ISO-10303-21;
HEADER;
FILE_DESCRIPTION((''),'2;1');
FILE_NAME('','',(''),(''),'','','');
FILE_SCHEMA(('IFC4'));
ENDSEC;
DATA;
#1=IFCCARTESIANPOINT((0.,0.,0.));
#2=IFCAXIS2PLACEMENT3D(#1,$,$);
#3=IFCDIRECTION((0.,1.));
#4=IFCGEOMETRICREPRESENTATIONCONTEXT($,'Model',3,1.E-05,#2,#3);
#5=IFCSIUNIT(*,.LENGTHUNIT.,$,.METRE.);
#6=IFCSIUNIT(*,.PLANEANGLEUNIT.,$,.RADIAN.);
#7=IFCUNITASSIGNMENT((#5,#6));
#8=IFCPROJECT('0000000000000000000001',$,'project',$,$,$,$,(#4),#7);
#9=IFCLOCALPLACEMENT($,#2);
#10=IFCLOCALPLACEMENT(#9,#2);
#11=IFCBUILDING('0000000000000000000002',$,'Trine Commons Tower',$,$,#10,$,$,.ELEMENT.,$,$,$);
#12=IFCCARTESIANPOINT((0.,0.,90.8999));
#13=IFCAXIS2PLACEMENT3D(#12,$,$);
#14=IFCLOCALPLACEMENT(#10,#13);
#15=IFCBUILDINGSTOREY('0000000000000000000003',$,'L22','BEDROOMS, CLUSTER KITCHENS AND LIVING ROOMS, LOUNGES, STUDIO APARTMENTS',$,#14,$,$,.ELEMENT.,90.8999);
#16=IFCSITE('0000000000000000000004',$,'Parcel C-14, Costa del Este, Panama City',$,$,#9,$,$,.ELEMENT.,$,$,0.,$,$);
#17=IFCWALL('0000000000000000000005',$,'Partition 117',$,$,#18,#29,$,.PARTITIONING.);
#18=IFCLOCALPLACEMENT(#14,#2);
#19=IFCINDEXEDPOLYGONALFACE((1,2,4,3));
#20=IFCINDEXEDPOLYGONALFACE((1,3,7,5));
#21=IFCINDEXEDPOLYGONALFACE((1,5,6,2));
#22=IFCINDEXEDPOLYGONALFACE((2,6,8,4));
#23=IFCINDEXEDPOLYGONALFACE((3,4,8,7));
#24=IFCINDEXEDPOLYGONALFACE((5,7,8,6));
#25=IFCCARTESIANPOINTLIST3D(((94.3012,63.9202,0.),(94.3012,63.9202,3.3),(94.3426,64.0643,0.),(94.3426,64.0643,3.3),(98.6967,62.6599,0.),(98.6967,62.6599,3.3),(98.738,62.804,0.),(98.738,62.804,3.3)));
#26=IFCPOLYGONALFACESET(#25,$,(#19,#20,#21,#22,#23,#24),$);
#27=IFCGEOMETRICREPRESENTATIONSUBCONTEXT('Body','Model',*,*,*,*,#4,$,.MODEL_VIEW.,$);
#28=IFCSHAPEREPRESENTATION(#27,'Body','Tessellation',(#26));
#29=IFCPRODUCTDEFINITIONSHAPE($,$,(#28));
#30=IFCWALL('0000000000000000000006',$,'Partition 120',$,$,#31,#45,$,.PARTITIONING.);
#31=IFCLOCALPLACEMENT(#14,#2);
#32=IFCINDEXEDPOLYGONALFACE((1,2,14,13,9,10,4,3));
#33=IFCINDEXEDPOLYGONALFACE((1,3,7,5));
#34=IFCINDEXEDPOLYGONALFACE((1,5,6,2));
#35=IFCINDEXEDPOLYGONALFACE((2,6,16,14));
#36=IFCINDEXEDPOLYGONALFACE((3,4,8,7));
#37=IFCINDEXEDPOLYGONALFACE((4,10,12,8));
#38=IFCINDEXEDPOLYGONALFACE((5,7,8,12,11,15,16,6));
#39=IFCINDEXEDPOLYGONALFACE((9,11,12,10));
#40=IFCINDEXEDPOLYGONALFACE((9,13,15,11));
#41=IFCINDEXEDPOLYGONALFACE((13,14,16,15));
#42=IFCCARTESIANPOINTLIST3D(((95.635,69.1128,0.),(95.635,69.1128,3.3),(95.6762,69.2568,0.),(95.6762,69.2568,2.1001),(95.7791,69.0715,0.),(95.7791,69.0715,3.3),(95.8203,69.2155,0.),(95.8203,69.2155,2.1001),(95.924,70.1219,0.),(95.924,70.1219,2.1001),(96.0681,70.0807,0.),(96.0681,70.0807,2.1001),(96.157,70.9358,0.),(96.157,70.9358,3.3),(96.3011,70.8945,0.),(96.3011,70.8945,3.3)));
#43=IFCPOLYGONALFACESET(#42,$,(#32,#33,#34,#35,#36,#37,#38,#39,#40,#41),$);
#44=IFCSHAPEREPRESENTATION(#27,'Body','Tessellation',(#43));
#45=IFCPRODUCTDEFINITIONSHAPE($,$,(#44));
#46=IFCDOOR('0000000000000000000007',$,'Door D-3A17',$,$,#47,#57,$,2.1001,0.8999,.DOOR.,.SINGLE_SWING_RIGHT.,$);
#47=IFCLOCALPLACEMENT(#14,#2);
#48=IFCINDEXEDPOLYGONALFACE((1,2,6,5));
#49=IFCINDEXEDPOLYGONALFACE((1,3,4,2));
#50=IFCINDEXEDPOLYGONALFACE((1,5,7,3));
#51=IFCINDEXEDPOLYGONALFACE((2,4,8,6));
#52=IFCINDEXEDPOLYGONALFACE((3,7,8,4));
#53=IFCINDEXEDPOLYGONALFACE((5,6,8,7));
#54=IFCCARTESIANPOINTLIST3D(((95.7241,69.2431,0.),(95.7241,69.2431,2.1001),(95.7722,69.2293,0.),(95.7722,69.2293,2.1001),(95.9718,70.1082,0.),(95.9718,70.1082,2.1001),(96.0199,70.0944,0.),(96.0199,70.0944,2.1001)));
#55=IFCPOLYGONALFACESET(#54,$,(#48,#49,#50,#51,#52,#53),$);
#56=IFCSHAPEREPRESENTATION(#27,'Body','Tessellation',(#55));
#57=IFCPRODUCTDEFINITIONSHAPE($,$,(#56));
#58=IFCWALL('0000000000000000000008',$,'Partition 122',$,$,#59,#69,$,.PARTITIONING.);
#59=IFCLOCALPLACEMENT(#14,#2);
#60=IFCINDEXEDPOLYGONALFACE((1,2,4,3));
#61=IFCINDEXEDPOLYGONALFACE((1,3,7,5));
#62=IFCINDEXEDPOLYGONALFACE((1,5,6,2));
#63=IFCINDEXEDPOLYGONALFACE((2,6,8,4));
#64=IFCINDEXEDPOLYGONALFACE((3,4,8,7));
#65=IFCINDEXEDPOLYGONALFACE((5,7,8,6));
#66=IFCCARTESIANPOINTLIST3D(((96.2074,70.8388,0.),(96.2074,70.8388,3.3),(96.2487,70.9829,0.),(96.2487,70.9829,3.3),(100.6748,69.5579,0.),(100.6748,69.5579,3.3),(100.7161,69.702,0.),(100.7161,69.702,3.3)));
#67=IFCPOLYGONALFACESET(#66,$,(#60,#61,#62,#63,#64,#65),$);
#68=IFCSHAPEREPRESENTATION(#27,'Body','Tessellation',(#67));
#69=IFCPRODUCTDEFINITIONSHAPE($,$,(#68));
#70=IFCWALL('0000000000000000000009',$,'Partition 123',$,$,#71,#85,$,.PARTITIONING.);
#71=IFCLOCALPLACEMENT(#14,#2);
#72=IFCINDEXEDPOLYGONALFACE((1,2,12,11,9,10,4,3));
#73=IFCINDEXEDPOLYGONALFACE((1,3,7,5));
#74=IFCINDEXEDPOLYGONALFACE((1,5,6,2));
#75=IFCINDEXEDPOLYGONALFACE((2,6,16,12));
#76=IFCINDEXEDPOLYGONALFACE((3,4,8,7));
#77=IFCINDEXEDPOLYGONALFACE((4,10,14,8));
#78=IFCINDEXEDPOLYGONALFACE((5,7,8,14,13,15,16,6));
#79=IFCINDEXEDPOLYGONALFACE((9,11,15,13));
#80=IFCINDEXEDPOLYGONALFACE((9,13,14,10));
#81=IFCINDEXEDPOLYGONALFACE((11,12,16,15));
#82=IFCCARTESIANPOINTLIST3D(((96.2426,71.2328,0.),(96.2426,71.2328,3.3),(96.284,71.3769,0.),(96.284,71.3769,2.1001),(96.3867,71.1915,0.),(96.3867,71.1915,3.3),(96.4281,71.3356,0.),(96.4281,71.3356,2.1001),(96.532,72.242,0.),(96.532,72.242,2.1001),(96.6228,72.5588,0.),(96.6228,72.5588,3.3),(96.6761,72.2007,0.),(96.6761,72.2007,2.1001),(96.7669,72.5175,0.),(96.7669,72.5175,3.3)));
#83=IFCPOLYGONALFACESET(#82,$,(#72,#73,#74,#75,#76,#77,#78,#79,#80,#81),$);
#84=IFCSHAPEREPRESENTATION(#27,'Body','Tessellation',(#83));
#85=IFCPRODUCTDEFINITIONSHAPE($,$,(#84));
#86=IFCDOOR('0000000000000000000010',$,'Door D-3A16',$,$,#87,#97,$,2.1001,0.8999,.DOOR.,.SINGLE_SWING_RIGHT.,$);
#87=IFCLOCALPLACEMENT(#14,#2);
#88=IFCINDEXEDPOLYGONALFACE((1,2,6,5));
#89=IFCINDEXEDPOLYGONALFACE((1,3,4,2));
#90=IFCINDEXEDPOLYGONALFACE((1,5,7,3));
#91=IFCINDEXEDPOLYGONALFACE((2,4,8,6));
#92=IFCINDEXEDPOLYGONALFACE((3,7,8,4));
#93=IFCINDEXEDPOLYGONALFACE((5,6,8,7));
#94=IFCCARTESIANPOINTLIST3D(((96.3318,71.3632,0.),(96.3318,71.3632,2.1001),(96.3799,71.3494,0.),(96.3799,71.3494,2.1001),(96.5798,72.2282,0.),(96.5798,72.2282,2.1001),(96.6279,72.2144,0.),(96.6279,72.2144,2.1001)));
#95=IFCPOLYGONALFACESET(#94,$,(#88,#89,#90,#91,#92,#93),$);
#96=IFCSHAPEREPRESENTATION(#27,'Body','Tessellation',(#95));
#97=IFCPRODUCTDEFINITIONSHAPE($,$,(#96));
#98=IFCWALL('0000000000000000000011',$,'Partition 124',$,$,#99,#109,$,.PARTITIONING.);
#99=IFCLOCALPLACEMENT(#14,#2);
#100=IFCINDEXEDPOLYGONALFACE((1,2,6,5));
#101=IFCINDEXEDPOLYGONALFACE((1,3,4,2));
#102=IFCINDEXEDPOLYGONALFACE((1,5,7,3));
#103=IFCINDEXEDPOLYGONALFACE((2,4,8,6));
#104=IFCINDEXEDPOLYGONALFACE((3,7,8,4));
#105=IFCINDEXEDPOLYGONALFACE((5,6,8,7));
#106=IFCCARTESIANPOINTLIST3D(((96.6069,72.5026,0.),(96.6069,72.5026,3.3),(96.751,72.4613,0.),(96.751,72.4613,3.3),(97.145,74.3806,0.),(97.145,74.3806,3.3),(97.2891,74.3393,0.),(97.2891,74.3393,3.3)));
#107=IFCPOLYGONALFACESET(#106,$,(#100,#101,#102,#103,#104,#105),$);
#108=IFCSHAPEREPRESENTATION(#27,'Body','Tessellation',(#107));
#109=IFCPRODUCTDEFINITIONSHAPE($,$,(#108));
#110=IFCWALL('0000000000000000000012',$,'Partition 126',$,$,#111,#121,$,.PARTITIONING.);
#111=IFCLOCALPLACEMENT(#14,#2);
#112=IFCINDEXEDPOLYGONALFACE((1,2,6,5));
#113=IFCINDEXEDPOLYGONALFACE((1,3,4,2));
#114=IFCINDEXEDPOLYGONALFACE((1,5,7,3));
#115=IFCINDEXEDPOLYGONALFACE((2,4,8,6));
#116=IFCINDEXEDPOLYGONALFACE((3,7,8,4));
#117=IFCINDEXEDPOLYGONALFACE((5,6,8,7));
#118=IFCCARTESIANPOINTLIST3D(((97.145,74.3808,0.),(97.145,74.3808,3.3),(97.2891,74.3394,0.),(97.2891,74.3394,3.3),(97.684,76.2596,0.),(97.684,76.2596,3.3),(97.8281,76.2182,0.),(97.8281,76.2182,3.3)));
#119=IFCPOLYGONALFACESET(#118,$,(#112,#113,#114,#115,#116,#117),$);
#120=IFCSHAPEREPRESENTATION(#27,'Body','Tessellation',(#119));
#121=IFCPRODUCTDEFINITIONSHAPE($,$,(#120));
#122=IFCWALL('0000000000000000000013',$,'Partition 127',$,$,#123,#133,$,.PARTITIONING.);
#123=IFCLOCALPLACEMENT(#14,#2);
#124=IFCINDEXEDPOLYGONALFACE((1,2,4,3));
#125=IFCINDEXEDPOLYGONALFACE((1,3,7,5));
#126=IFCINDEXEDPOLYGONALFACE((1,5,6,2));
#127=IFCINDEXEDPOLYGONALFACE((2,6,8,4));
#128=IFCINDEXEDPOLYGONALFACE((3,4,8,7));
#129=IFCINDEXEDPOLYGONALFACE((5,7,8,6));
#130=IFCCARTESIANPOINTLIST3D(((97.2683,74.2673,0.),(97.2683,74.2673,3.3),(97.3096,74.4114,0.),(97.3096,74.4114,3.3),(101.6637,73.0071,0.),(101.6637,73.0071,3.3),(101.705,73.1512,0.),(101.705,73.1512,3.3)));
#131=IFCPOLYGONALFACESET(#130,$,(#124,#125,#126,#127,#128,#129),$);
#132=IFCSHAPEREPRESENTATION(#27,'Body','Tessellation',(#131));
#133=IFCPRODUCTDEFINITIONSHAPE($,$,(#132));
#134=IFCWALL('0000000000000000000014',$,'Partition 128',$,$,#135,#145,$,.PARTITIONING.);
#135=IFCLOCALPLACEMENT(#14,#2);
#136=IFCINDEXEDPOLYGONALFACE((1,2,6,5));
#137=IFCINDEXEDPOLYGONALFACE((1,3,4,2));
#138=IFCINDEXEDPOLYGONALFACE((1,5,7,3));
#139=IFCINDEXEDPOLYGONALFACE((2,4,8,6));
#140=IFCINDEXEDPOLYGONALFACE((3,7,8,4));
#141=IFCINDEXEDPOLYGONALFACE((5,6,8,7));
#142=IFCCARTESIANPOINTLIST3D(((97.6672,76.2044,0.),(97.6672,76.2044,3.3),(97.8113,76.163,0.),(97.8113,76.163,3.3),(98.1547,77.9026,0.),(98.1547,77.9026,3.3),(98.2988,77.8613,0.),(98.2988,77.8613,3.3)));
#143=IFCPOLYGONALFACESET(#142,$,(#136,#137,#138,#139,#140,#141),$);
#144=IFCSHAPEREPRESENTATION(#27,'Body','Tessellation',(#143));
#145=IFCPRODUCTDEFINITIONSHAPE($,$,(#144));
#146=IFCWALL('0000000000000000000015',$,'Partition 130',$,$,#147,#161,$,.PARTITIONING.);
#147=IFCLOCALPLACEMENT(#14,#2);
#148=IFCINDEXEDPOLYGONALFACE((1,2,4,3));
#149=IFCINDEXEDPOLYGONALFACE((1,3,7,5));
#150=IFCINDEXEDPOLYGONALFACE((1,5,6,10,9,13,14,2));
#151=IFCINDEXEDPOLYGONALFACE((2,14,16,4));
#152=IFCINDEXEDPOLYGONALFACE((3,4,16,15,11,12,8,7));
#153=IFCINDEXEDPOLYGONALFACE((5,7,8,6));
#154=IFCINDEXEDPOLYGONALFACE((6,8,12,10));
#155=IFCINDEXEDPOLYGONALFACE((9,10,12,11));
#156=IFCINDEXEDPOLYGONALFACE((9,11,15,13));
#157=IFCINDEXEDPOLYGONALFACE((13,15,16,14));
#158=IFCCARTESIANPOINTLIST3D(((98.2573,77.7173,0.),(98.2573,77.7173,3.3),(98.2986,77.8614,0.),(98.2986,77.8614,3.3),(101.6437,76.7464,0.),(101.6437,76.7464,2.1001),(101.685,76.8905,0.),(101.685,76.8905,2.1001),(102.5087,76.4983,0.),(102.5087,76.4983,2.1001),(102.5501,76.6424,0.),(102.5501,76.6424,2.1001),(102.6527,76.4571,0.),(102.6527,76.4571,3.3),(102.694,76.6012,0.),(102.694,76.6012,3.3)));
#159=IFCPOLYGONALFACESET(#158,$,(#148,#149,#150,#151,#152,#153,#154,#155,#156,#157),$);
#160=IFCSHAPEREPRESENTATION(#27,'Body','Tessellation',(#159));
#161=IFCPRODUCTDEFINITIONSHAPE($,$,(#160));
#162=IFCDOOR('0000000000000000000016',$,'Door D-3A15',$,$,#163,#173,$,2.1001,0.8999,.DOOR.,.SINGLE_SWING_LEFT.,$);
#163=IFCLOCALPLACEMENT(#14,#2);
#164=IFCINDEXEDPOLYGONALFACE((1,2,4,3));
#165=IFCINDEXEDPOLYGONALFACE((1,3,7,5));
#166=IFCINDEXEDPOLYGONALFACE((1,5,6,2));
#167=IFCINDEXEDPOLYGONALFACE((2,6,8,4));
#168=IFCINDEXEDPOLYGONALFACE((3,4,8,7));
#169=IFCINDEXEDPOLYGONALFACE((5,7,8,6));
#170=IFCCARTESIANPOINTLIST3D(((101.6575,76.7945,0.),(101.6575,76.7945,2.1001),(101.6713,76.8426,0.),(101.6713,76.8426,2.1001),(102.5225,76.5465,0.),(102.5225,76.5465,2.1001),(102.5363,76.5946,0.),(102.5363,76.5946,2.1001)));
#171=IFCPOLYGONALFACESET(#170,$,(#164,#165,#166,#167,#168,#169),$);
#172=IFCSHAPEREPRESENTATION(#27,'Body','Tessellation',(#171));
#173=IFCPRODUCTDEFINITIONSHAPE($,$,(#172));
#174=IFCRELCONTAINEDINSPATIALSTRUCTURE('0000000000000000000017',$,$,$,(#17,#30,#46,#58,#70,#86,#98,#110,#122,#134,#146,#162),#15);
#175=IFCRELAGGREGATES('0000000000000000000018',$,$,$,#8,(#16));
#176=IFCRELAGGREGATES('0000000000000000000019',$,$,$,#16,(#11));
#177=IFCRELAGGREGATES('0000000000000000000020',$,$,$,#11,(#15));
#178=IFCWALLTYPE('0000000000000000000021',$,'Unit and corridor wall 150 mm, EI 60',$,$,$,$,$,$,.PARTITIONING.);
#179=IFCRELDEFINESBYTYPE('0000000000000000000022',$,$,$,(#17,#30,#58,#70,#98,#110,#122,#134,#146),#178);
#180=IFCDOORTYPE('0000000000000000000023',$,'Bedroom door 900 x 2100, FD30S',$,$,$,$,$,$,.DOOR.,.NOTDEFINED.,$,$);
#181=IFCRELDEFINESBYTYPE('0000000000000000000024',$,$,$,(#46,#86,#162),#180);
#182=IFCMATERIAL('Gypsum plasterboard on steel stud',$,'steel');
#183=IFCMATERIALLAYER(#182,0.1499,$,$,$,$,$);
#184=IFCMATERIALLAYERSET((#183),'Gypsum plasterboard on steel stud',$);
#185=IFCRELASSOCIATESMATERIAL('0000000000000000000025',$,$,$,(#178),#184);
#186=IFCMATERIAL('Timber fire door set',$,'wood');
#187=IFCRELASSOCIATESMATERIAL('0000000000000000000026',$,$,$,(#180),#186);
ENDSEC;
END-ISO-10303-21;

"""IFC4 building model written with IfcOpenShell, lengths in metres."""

from ifc_helpers import new_model, si_unit, direction, frame, frame_2d, origin, place, context, subcontext, project, spatial, rectangle, extrude, material, layer, layer_set, type_object, element, fill, save


model = new_model("IFC4")

# Units and contexts
model_context = context("Model", 3, precision=1e-05, world=origin(), true_north=direction((0.0, 1.0)))
body_context = subcontext(model_context, "Body", "Model", "MODEL_VIEW")
ifc_project = project(units=[si_unit("LENGTHUNIT", "METRE"), si_unit("PLANEANGLEUNIT", "RADIAN")], contexts=[model_context])

# Site, building, storey
site_placement = place(None, origin())
site = spatial("IfcSite", under=ifc_project, at=site_placement, Name="Parcel C-14, Costa del Este, Panama City", CompositionType="ELEMENT", RefElevation=0.0)
building_placement = place(site_placement, origin())
building = spatial("IfcBuilding", under=site, at=building_placement, Name="Trine Commons Tower", CompositionType="ELEMENT")
storey_placement = place(building_placement, frame((0.0, 0.0, 90.8999)))
storey = spatial("IfcBuildingStorey", under=building, at=storey_placement, Name="L22", Description="BEDROOMS, CLUSTER KITCHENS AND LIVING ROOMS, LOUNGES, STUDIO APARTMENTS", CompositionType="ELEMENT", Elevation=90.8999)

# Wall
ifc_material_1 = material(Name="Gypsum plasterboard on steel stud", Category="steel")
ifc_layer_1 = layer(ifc_material_1, 0.1499)
ifc_layer_set_1 = layer_set([ifc_layer_1], Name="Gypsum plasterboard on steel stud")
wall_type_1 = type_object("IfcWallType", Name="Unit and corridor wall 150 mm, EI 60", PredefinedType="PARTITIONING", material=ifc_layer_set_1)
wall_1_placement = place(storey_placement, frame((94.322, 63.9922, 0.0), z_axis=(0.0, 0.0, 1.0), x_axis=(0.96127, -0.27561, 0.0)))
element("IfcWall", 1, at=wall_1_placement, inside=storey, type_object=wall_type_1, Name="Partition 117", PredefinedType="PARTITIONING", context=body_context, shape_type="SweptSolid", body=[
    extrude(rectangle(XDim=4.5725, YDim=0.1499, at=frame_2d((2.2861, 0.0))), origin(), (0.0, 0.0, 1.0), 3.3),
])

# Wall, opening, door
wall_2_placement = place(storey_placement, frame((95.707, 69.092, 0.0), z_axis=(0.0, 0.0, 1.0), x_axis=(0.275265, 0.961368, 0.0)))
wall_2 = element("IfcWall", 2, at=wall_2_placement, inside=storey, type_object=wall_type_1, Name="Partition 120", PredefinedType="PARTITIONING", context=body_context, shape_type="SweptSolid", body=[
    extrude(rectangle(XDim=1.8962, YDim=0.1499, at=frame_2d((0.9482, 0.0))), origin(), (0.0, 0.0, 1.0), 3.3),
])
opening_1_placement = place(wall_2_placement, frame((0.1499, 0.0, 0.0)))
opening_1 = element("IfcOpeningElement", 3, at=opening_1_placement, cuts=wall_2, PredefinedType="OPENING", context=body_context, shape_type="SweptSolid", body=[
    extrude(rectangle(XDim=0.8999, YDim=2.1001, at=frame_2d((0.45, 1.05))), frame((0.0, 0.085, 0.0), z_axis=(0.0, -1.0, 0.0), x_axis=(1.0, 0.0, 0.0)), (0.0, 0.0, 1.0), 0.1699),
])
ifc_material_2 = material(Name="Timber fire door set", Category="wood")
door_type_1 = type_object("IfcDoorType", Name="Bedroom door 900 x 2100, FD30S", OperationType="NOTDEFINED", PredefinedType="DOOR", material=ifc_material_2)
door_1_placement = place(opening_1_placement, frame((0.8999, 0.0, 0.0), z_axis=(0.0, 0.0, 1.0), x_axis=(-1.0, 0.0, 0.0)))
door_1 = element("IfcDoor", 4, at=door_1_placement, inside=storey, type_object=door_type_1, Name="Door D-3A17", OperationType="SINGLE_SWING_RIGHT", OverallHeight=2.1001, OverallWidth=0.8999, PredefinedType="DOOR", context=body_context, shape_type="SweptSolid", body=[
    extrude(rectangle(XDim=0.8999, YDim=2.1001, at=frame_2d((0.45, 1.05))), frame((0.0, 0.0249, 0.0), z_axis=(0.0, -1.0, 0.0), x_axis=(1.0, 0.0, 0.0)), (0.0, 0.0, 1.0), 0.05),
])
fill(opening_1, door_1)

# Wall
wall_3_placement = place(storey_placement, frame((96.228, 70.9109, 0.0), z_axis=(0.0, 0.0, 1.0), x_axis=(0.961264, -0.27563, 0.0)))
element("IfcWall", 5, at=wall_3_placement, inside=storey, type_object=wall_type_1, Name="Partition 122", PredefinedType="PARTITIONING", context=body_context, shape_type="SweptSolid", body=[
    extrude(rectangle(XDim=4.6475, YDim=0.1499, at=frame_2d((2.3237, 0.0))), origin(), (0.0, 0.0, 1.0), 3.3),
])

# Wall, opening, door
wall_4_placement = place(storey_placement, frame((96.3147, 71.2122, 0.0), z_axis=(0.0, 0.0, 1.0), x_axis=(0.275586, 0.961276, 0.0)))
wall_4 = element("IfcWall", 6, at=wall_4_placement, inside=storey, type_object=wall_type_1, Name="Partition 123", PredefinedType="PARTITIONING", context=body_context, shape_type="SweptSolid", body=[
    extrude(rectangle(XDim=1.3794, YDim=0.1499, at=frame_2d((0.6897, 0.0))), origin(), (0.0, 0.0, 1.0), 3.3),
])
opening_2_placement = place(wall_4_placement, frame((0.1499, 0.0, 0.0)))
opening_2 = element("IfcOpeningElement", 7, at=opening_2_placement, cuts=wall_4, PredefinedType="OPENING", context=body_context, shape_type="SweptSolid", body=[
    extrude(rectangle(XDim=0.8999, YDim=2.1001, at=frame_2d((0.45, 1.05))), frame((0.0, 0.085, 0.0), z_axis=(0.0, -1.0, 0.0), x_axis=(1.0, 0.0, 0.0)), (0.0, 0.0, 1.0), 0.1699),
])
door_2_placement = place(opening_2_placement, frame((0.8999, 0.0, 0.0), z_axis=(0.0, 0.0, 1.0), x_axis=(-1.0, 0.0, 0.0)))
door_2 = element("IfcDoor", 8, at=door_2_placement, inside=storey, type_object=door_type_1, Name="Door D-3A16", OperationType="SINGLE_SWING_RIGHT", OverallHeight=2.1001, OverallWidth=0.8999, PredefinedType="DOOR", context=body_context, shape_type="SweptSolid", body=[
    extrude(rectangle(XDim=0.8999, YDim=2.1001, at=frame_2d((0.45, 1.05))), frame((0.0, 0.0249, 0.0), z_axis=(0.0, -1.0, 0.0), x_axis=(1.0, 0.0, 0.0)), (0.0, 0.0, 1.0), 0.05),
])
fill(opening_2, door_2)

# Walls
wall_5_placement = place(storey_placement, frame((96.679, 72.4819, 0.0), z_axis=(0.0, 0.0, 1.0), x_axis=(0.275414, 0.961326, 0.0)))
element("IfcWall", 9, at=wall_5_placement, inside=storey, type_object=wall_type_1, Name="Partition 124", PredefinedType="PARTITIONING", context=body_context, shape_type="SweptSolid", body=[
    extrude(rectangle(XDim=1.9536, YDim=0.1499, at=frame_2d((0.9768, 0.0))), origin(), (0.0, 0.0, 1.0), 3.3),
])
wall_6_placement = place(storey_placement, frame((97.217, 74.3601, 0.0), z_axis=(0.0, 0.0, 1.0), x_axis=(0.275777, 0.961222, 0.0)))
element("IfcWall", 10, at=wall_6_placement, inside=storey, type_object=wall_type_1, Name="Partition 126", PredefinedType="PARTITIONING", context=body_context, shape_type="SweptSolid", body=[
    extrude(rectangle(XDim=1.9546, YDim=0.1499, at=frame_2d((0.9773, 0.0))), origin(), (0.0, 0.0, 1.0), 3.3),
])
wall_7_placement = place(storey_placement, frame((97.2891, 74.3394, 0.0), z_axis=(0.0, 0.0, 1.0), x_axis=(0.96127, -0.27561, 0.0)))
element("IfcWall", 11, at=wall_7_placement, inside=storey, type_object=wall_type_1, Name="Partition 127", PredefinedType="PARTITIONING", context=body_context, shape_type="SweptSolid", body=[
    extrude(rectangle(XDim=4.5725, YDim=0.1499, at=frame_2d((2.2861, 0.0))), origin(), (0.0, 0.0, 1.0), 3.3),
])
wall_8_placement = place(storey_placement, frame((97.7393, 76.1838, 0.0), z_axis=(0.0, 0.0, 1.0), x_axis=(0.275944, 0.961174, 0.0)))
element("IfcWall", 12, at=wall_8_placement, inside=storey, type_object=wall_type_1, Name="Partition 128", PredefinedType="PARTITIONING", context=body_context, shape_type="SweptSolid", body=[
    extrude(rectangle(XDim=1.7668, YDim=0.1499, at=frame_2d((0.8833, 0.0))), origin(), (0.0, 0.0, 1.0), 3.3),
])

# Wall, opening, door
wall_9_placement = place(storey_placement, frame((98.2781, 77.7893, 0.0), z_axis=(0.0, 0.0, 1.0), x_axis=(0.96127, -0.27561, 0.0)))
wall_9 = element("IfcWall", 13, at=wall_9_placement, inside=storey, type_object=wall_type_1, Name="Partition 130", PredefinedType="PARTITIONING", context=body_context, shape_type="SweptSolid", body=[
    extrude(rectangle(XDim=4.5725, YDim=0.1499, at=frame_2d((2.2861, 0.0))), origin(), (0.0, 0.0, 1.0), 3.3),
])
opening_3_placement = place(wall_9_placement, frame((3.5227, 0.0, 0.0)))
opening_3 = element("IfcOpeningElement", 14, at=opening_3_placement, cuts=wall_9, PredefinedType="OPENING", context=body_context, shape_type="SweptSolid", body=[
    extrude(rectangle(XDim=0.8999, YDim=2.1001, at=frame_2d((0.45, 1.05))), frame((0.0, 0.085, 0.0), z_axis=(0.0, -1.0, 0.0), x_axis=(1.0, 0.0, 0.0)), (0.0, 0.0, 1.0), 0.1699),
])
door_3_placement = place(opening_3_placement, frame((0.8999, 0.0, 0.0), z_axis=(0.0, 0.0, 1.0), x_axis=(-1.0, 0.0, 0.0)))
door_3 = element("IfcDoor", 15, at=door_3_placement, inside=storey, type_object=door_type_1, Name="Door D-3A15", OperationType="SINGLE_SWING_LEFT", OverallHeight=2.1001, OverallWidth=0.8999, PredefinedType="DOOR", context=body_context, shape_type="SweptSolid", body=[
    extrude(rectangle(XDim=0.8999, YDim=2.1001, at=frame_2d((0.45, 1.05))), frame((0.0, 0.0249, 0.0), z_axis=(0.0, -1.0, 0.0), x_axis=(1.0, 0.0, 0.0)), (0.0, 0.0, 1.0), 0.05),
])
fill(opening_3, door_3)

save(model, "model.ifc")
